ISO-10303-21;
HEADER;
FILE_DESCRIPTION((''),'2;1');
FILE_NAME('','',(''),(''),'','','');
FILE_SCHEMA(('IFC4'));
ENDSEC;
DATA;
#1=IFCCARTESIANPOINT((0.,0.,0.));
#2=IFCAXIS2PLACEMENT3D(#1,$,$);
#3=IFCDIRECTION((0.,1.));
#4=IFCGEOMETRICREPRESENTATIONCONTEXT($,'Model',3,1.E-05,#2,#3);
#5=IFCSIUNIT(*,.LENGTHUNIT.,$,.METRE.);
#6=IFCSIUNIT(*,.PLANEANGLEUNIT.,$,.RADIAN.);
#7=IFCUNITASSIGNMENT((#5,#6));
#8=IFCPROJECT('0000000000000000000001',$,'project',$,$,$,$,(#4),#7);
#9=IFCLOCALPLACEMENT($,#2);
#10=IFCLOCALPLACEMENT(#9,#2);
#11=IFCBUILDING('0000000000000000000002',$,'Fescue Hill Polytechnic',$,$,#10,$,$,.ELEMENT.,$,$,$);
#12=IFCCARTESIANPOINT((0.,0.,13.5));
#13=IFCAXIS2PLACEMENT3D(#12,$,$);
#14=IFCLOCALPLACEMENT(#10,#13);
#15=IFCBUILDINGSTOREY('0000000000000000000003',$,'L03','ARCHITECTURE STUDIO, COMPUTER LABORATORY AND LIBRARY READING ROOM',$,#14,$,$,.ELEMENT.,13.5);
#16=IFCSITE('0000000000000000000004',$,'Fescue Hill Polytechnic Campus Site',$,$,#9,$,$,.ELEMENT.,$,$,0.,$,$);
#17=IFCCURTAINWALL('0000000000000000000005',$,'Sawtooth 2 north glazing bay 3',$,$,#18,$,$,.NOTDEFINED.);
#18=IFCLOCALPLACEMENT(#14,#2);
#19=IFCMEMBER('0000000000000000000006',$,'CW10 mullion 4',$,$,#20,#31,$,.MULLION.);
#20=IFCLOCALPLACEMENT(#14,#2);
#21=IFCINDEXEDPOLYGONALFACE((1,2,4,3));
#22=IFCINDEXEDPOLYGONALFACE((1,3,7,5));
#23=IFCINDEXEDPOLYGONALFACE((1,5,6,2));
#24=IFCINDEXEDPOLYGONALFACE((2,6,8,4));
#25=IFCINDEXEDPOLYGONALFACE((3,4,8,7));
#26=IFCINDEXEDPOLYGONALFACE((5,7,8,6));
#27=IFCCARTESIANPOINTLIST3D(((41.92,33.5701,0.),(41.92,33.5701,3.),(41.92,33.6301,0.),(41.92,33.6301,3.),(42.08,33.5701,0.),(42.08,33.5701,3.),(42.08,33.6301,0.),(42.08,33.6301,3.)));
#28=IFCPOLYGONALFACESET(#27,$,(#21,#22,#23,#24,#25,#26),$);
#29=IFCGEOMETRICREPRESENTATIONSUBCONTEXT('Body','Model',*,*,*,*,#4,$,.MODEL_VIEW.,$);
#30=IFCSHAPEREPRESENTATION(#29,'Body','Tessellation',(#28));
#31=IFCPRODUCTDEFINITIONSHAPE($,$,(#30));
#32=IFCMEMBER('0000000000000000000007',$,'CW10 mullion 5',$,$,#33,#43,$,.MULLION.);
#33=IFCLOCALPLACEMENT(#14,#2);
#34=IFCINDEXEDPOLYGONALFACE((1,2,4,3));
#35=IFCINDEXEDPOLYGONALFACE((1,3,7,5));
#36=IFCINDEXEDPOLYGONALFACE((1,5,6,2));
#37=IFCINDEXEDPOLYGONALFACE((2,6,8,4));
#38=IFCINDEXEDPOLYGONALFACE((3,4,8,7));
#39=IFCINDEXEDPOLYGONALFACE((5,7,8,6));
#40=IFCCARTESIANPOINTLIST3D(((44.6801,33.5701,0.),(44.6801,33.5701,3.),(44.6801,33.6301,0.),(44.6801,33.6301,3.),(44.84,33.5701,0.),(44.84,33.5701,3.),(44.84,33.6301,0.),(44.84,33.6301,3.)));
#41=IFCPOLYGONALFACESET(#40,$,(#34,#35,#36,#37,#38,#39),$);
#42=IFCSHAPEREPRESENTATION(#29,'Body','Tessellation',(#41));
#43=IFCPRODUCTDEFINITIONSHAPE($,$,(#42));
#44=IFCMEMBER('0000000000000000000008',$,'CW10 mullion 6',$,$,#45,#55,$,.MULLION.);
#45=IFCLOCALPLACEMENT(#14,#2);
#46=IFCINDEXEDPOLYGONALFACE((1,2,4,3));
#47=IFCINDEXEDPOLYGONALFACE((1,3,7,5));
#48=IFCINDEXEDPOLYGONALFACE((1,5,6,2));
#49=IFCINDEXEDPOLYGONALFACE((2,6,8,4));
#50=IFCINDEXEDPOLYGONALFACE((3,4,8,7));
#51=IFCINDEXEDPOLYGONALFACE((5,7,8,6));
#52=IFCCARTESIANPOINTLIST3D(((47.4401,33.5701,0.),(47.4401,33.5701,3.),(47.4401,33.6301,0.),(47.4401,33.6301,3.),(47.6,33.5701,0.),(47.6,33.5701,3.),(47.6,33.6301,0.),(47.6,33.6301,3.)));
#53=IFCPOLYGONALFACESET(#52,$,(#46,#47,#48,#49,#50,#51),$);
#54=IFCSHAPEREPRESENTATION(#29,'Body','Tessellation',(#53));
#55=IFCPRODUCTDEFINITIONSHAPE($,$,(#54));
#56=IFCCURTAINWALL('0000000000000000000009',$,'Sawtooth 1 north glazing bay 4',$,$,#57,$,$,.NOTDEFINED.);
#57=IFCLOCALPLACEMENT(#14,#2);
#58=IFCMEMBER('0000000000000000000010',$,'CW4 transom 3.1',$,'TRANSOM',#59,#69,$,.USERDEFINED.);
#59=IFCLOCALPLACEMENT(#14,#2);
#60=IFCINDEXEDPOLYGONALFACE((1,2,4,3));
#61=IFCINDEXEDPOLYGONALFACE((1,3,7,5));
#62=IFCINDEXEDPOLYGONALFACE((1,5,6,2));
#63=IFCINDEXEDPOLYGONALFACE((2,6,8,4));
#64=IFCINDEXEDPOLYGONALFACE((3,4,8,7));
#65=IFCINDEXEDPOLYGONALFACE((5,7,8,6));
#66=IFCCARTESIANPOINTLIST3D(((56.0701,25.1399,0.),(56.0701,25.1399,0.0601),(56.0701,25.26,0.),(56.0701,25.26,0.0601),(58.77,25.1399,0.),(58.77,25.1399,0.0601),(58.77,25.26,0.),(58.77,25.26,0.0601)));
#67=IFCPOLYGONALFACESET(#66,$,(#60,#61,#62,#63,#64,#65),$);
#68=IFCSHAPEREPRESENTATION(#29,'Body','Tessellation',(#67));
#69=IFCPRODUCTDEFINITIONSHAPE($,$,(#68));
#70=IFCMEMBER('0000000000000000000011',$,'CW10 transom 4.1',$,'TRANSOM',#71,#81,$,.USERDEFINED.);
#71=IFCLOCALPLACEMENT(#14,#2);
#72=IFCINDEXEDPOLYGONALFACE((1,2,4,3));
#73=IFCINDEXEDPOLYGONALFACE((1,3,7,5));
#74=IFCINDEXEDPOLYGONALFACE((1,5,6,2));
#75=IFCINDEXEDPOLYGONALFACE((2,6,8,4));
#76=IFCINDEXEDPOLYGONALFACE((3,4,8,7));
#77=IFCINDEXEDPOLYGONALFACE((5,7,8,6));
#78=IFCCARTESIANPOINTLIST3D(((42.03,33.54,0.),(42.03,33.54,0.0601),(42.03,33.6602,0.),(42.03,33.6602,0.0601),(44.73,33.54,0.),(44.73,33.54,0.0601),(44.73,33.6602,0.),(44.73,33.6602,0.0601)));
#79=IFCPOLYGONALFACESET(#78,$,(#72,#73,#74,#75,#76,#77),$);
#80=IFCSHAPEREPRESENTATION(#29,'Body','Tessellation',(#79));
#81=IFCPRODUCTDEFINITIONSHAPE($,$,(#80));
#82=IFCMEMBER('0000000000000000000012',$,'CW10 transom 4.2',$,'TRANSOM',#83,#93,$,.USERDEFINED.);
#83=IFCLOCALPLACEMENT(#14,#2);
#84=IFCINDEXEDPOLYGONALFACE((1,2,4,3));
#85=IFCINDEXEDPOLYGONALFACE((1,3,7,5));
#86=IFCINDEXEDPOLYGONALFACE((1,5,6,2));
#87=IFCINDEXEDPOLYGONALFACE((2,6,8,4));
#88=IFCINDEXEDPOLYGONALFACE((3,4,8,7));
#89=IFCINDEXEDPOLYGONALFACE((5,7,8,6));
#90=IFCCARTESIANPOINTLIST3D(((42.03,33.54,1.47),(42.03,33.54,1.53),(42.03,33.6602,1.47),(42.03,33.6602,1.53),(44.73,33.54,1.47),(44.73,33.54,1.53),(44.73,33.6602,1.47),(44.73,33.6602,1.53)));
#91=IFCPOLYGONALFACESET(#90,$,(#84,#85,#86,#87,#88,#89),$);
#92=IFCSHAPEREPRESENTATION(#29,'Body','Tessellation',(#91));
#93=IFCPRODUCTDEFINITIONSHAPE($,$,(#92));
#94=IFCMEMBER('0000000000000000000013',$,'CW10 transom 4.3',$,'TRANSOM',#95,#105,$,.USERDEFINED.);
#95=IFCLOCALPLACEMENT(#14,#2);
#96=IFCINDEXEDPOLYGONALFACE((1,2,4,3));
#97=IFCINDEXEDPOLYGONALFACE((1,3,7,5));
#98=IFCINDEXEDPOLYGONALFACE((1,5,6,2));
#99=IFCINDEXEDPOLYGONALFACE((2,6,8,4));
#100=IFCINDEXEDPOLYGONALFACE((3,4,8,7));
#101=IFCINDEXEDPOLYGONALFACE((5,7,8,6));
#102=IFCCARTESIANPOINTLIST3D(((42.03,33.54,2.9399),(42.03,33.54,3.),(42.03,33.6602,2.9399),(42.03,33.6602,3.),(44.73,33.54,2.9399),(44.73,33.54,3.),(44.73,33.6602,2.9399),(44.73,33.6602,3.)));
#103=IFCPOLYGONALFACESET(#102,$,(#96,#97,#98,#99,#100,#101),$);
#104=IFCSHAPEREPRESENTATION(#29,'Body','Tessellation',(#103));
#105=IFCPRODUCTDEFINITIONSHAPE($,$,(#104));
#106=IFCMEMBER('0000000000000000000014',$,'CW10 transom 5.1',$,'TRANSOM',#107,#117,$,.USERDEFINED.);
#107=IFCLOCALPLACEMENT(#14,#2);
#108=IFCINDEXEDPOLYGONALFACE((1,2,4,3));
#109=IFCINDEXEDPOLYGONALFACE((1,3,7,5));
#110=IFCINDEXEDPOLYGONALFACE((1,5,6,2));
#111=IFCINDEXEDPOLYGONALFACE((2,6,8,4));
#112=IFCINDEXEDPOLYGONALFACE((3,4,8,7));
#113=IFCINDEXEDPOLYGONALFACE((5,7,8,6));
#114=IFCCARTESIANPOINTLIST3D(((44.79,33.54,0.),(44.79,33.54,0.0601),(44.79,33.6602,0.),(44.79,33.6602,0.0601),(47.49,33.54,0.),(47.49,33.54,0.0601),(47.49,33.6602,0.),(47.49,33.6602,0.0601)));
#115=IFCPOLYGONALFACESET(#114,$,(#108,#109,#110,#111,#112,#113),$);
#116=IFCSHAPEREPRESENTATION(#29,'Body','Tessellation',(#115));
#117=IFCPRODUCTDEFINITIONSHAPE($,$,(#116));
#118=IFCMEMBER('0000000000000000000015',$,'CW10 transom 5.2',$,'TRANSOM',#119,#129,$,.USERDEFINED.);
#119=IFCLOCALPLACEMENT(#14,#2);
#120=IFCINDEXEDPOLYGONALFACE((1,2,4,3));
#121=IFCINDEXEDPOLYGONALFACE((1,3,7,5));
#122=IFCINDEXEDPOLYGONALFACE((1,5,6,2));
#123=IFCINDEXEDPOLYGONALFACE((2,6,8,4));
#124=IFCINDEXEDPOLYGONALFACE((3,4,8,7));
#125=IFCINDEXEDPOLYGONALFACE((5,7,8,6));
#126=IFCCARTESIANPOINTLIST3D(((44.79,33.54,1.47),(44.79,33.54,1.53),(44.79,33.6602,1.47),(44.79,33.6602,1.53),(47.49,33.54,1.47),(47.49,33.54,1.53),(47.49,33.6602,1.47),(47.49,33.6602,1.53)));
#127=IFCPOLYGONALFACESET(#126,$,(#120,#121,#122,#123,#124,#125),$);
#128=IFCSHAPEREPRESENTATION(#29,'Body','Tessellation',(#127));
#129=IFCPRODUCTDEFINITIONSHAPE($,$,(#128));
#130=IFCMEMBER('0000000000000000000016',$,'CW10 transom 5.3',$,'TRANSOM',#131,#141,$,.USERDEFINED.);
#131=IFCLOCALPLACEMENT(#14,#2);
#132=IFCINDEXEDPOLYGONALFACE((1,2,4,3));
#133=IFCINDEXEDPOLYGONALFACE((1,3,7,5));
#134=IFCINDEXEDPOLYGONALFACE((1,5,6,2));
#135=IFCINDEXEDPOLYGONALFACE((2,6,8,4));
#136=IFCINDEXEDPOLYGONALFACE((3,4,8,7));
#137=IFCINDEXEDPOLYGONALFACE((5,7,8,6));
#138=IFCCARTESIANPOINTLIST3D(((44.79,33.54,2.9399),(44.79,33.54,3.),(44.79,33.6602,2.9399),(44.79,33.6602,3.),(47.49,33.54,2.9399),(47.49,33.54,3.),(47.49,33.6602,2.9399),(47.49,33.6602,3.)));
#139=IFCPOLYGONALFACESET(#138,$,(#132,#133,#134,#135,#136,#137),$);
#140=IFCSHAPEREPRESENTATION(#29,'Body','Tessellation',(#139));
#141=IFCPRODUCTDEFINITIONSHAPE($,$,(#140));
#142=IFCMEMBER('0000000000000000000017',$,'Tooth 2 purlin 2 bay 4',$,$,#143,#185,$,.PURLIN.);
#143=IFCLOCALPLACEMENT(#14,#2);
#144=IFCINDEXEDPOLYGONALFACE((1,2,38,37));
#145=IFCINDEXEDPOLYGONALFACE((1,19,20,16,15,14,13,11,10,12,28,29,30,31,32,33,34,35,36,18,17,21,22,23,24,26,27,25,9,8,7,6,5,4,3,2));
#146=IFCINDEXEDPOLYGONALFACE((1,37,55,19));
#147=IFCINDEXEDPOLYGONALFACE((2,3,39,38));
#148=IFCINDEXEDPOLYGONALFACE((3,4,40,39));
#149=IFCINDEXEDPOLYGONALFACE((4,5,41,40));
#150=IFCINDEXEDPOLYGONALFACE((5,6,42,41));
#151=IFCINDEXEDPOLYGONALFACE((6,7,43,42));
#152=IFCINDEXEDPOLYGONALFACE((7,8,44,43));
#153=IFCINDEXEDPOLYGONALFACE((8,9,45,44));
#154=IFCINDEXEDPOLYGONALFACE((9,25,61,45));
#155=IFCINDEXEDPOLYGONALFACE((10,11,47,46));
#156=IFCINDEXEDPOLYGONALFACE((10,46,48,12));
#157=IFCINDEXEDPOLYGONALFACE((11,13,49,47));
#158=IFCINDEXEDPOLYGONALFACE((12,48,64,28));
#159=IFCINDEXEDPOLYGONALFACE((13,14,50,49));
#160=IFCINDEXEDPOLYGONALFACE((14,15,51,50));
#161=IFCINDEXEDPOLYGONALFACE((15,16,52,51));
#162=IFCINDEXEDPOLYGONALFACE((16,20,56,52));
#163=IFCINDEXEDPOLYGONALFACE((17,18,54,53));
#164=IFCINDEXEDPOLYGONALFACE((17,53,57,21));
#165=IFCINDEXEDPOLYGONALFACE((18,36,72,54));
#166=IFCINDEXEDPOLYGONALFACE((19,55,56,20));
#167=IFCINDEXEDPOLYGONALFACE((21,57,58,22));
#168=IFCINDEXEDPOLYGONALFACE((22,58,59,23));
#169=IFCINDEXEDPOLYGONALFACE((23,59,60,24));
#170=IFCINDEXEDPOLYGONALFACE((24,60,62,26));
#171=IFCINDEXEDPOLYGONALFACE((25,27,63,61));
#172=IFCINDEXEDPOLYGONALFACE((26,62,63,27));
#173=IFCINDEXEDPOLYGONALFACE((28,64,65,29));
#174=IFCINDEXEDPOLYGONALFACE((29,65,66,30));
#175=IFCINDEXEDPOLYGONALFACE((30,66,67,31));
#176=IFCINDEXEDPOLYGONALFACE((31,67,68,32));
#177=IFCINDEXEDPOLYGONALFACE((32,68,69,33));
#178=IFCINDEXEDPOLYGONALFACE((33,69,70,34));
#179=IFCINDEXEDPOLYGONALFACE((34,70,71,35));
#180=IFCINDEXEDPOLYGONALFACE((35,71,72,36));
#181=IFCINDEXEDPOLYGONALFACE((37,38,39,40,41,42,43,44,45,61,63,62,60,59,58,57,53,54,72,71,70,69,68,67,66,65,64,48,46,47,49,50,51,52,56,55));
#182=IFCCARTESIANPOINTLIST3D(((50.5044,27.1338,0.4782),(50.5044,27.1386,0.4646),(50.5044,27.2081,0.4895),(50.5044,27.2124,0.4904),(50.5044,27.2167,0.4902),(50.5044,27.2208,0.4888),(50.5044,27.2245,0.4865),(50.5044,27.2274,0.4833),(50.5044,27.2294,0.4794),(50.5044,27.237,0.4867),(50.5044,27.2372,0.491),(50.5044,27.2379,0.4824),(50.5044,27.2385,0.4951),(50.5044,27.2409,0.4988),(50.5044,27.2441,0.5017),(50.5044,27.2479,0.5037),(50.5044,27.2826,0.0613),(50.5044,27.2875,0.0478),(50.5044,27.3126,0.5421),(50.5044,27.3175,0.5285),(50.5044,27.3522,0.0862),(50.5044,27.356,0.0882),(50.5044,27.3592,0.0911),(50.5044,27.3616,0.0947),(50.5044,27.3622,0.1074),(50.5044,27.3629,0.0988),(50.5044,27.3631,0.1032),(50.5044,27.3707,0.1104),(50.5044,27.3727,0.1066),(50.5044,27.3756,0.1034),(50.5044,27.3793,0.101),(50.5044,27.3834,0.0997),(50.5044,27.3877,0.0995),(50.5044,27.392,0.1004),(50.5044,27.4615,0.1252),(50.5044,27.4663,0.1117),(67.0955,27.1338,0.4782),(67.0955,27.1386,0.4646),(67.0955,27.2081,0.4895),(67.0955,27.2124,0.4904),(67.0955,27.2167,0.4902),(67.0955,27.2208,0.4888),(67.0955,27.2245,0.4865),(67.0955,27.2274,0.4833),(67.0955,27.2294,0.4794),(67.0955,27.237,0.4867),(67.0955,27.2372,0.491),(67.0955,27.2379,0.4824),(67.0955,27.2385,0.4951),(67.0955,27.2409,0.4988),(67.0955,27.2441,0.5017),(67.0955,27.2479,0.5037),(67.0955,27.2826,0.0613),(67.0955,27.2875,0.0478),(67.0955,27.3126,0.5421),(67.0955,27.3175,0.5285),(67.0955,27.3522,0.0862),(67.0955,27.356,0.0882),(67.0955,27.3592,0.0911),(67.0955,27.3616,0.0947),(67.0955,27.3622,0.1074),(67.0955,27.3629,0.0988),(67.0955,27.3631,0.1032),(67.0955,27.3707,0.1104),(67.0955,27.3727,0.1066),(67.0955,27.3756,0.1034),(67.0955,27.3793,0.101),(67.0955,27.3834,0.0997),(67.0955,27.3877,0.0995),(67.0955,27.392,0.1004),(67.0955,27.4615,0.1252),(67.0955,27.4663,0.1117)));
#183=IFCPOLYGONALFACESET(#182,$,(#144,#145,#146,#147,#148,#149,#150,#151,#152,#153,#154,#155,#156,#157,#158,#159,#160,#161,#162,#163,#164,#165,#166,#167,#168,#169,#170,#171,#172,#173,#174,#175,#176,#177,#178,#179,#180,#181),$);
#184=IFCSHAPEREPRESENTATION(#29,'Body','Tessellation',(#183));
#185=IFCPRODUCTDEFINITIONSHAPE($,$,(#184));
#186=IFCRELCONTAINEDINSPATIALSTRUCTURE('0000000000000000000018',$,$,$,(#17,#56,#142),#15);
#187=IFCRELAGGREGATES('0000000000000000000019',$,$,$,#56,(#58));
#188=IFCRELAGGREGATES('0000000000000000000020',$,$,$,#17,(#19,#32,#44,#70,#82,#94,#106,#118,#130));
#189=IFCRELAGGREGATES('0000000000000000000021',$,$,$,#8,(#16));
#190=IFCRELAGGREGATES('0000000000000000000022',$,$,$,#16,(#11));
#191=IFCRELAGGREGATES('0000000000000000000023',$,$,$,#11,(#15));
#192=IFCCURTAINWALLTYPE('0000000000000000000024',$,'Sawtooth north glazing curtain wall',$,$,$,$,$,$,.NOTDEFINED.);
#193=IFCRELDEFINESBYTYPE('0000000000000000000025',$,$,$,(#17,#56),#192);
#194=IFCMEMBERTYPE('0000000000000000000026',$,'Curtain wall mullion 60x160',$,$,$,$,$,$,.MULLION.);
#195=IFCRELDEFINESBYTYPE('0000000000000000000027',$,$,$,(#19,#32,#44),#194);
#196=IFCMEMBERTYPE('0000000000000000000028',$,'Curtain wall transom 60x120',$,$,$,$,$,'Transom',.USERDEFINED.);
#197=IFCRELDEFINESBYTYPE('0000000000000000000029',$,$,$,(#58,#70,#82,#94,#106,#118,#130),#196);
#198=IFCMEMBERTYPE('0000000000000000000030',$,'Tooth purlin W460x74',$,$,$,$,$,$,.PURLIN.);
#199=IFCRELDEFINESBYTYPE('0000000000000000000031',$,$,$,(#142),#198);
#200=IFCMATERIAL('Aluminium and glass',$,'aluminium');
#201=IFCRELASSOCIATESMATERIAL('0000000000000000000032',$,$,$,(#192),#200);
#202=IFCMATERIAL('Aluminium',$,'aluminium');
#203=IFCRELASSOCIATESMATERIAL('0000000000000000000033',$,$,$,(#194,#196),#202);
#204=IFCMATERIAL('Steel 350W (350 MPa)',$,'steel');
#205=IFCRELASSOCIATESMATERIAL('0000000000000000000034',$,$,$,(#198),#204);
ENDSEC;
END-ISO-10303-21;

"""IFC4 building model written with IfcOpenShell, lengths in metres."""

from ifc_helpers import new_model, si_unit, direction, frame, origin, origin_2d, place, context, subcontext, project, spatial, rectangle, i_section, extrude, material, material_profile, profile_set, type_object, element, aggregate, save


model = new_model("IFC4")

# Units and contexts
model_context = context("Model", 3, precision=1e-05, world=origin(), true_north=direction((0.0, 1.0)))
body_context = subcontext(model_context, "Body", "Model", "MODEL_VIEW")
ifc_project = project(units=[si_unit("LENGTHUNIT", "METRE"), si_unit("PLANEANGLEUNIT", "RADIAN")], contexts=[model_context])

# Site, building, storey
site_placement = place(None, origin())
site = spatial("IfcSite", under=ifc_project, at=site_placement, Name="Fescue Hill Polytechnic Campus Site", CompositionType="ELEMENT", RefElevation=0.0)
building_placement = place(site_placement, origin())
building = spatial("IfcBuilding", under=site, at=building_placement, Name="Fescue Hill Polytechnic", CompositionType="ELEMENT")
storey_placement = place(building_placement, frame((0.0, 0.0, 13.5)))
storey = spatial("IfcBuildingStorey", under=building, at=storey_placement, Name="L03", Description="ARCHITECTURE STUDIO, COMPUTER LABORATORY AND LIBRARY READING ROOM", CompositionType="ELEMENT", Elevation=13.5)

# Curtain wall, members
ifc_material_1 = material(Name="Aluminium and glass", Category="aluminium")
curtain_wall_type = type_object("IfcCurtainWallType", Name="Sawtooth north glazing curtain wall", PredefinedType="NOTDEFINED", material=ifc_material_1)
curtain_wall_1_placement = place(storey_placement, origin())
curtain_wall_1 = element("IfcCurtainWall", 1, at=curtain_wall_1_placement, inside=storey, type_object=curtain_wall_type, Name="Sawtooth 2 north glazing bay 3", PredefinedType="NOTDEFINED")
ifc_material_2 = material(Name="Aluminium", Category="aluminium")
ifc_material_profile_1 = material_profile(ifc_material_2, rectangle(XDim=0.0601, YDim=0.1599, at=origin_2d()), Name="Curtain wall mullion 60x160")
ifc_profile_set_1 = profile_set([ifc_material_profile_1], Name="Aluminium")
member_type_1 = type_object("IfcMemberType", Name="Curtain wall mullion 60x160", PredefinedType="MULLION", material=ifc_profile_set_1)
member_1_placement = place(storey_placement, frame((42.0, 33.6001, 0.0), z_axis=(0.0, 0.0, 1.0), x_axis=(0.0, 1.0, 0.0)))
member_1 = element("IfcMember", 2, at=member_1_placement, type_object=member_type_1, Name="CW10 mullion 4", PredefinedType="MULLION", context=body_context, shape_type="SweptSolid", body=[
    extrude(rectangle(XDim=0.0601, YDim=0.1599, at=origin_2d()), origin(), (0.0, 0.0, 1.0), 3.0),
])
member_2_placement = place(storey_placement, frame((44.76, 33.6001, 0.0), z_axis=(0.0, 0.0, 1.0), x_axis=(0.0, 1.0, 0.0)))
member_2 = element("IfcMember", 3, at=member_2_placement, type_object=member_type_1, Name="CW10 mullion 5", PredefinedType="MULLION", context=body_context, shape_type="SweptSolid", body=[
    extrude(rectangle(XDim=0.0601, YDim=0.1599, at=origin_2d()), origin(), (0.0, 0.0, 1.0), 3.0),
])
member_3_placement = place(storey_placement, frame((47.52, 33.6001, 0.0), z_axis=(0.0, 0.0, 1.0), x_axis=(0.0, 1.0, 0.0)))
member_3 = element("IfcMember", 4, at=member_3_placement, type_object=member_type_1, Name="CW10 mullion 6", PredefinedType="MULLION", context=body_context, shape_type="SweptSolid", body=[
    extrude(rectangle(XDim=0.0601, YDim=0.1599, at=origin_2d()), origin(), (0.0, 0.0, 1.0), 3.0),
])

# Curtain wall, member
curtain_wall_2_placement = place(storey_placement, origin())
curtain_wall_2 = element("IfcCurtainWall", 5, at=curtain_wall_2_placement, inside=storey, type_object=curtain_wall_type, Name="Sawtooth 1 north glazing bay 4", PredefinedType="NOTDEFINED")
ifc_material_profile_2 = material_profile(ifc_material_2, rectangle(XDim=0.1201, YDim=0.0601, at=origin_2d()), Name="Curtain wall transom 60x120")
ifc_profile_set_2 = profile_set([ifc_material_profile_2], Name="Aluminium")
member_type_2 = type_object("IfcMemberType", Name="Curtain wall transom 60x120", ElementType="Transom", PredefinedType="USERDEFINED", material=ifc_profile_set_2)
member_4_placement = place(storey_placement, frame((56.0701, 25.2, 0.03), z_axis=(1.0, 0.0, 0.0), x_axis=(0.0, 1.0, 0.0)))
member_4 = element("IfcMember", 6, at=member_4_placement, type_object=member_type_2, Name="CW4 transom 3.1", ObjectType="TRANSOM", PredefinedType="USERDEFINED", context=body_context, shape_type="SweptSolid", body=[
    extrude(rectangle(XDim=0.1201, YDim=0.0601, at=origin_2d()), origin(), (0.0, 0.0, 1.0), 2.7),
])
aggregate(curtain_wall_2, [member_4])

# Members
member_5_placement = place(storey_placement, frame((42.03, 33.6001, 0.03), z_axis=(1.0, 0.0, 0.0), x_axis=(0.0, 1.0, 0.0)))
member_5 = element("IfcMember", 7, at=member_5_placement, type_object=member_type_2, Name="CW10 transom 4.1", ObjectType="TRANSOM", PredefinedType="USERDEFINED", context=body_context, shape_type="SweptSolid", body=[
    extrude(rectangle(XDim=0.1201, YDim=0.0601, at=origin_2d()), origin(), (0.0, 0.0, 1.0), 2.7),
])
member_6_placement = place(storey_placement, frame((42.03, 33.6001, 1.5), z_axis=(1.0, 0.0, 0.0), x_axis=(0.0, 1.0, 0.0)))
member_6 = element("IfcMember", 8, at=member_6_placement, type_object=member_type_2, Name="CW10 transom 4.2", ObjectType="TRANSOM", PredefinedType="USERDEFINED", context=body_context, shape_type="SweptSolid", body=[
    extrude(rectangle(XDim=0.1201, YDim=0.0601, at=origin_2d()), origin(), (0.0, 0.0, 1.0), 2.7),
])
member_7_placement = place(storey_placement, frame((42.03, 33.6001, 2.97), z_axis=(1.0, 0.0, 0.0), x_axis=(0.0, 1.0, 0.0)))
member_7 = element("IfcMember", 9, at=member_7_placement, type_object=member_type_2, Name="CW10 transom 4.3", ObjectType="TRANSOM", PredefinedType="USERDEFINED", context=body_context, shape_type="SweptSolid", body=[
    extrude(rectangle(XDim=0.1201, YDim=0.0601, at=origin_2d()), origin(), (0.0, 0.0, 1.0), 2.7),
])
member_8_placement = place(storey_placement, frame((44.79, 33.6001, 0.03), z_axis=(1.0, 0.0, 0.0), x_axis=(0.0, 1.0, 0.0)))
member_8 = element("IfcMember", 10, at=member_8_placement, type_object=member_type_2, Name="CW10 transom 5.1", ObjectType="TRANSOM", PredefinedType="USERDEFINED", context=body_context, shape_type="SweptSolid", body=[
    extrude(rectangle(XDim=0.1201, YDim=0.0601, at=origin_2d()), origin(), (0.0, 0.0, 1.0), 2.7),
])
member_9_placement = place(storey_placement, frame((44.79, 33.6001, 1.5), z_axis=(1.0, 0.0, 0.0), x_axis=(0.0, 1.0, 0.0)))
member_9 = element("IfcMember", 11, at=member_9_placement, type_object=member_type_2, Name="CW10 transom 5.2", ObjectType="TRANSOM", PredefinedType="USERDEFINED", context=body_context, shape_type="SweptSolid", body=[
    extrude(rectangle(XDim=0.1201, YDim=0.0601, at=origin_2d()), origin(), (0.0, 0.0, 1.0), 2.7),
])
member_10_placement = place(storey_placement, frame((44.79, 33.6001, 2.97), z_axis=(1.0, 0.0, 0.0), x_axis=(0.0, 1.0, 0.0)))
member_10 = element("IfcMember", 12, at=member_10_placement, type_object=member_type_2, Name="CW10 transom 5.3", ObjectType="TRANSOM", PredefinedType="USERDEFINED", context=body_context, shape_type="SweptSolid", body=[
    extrude(rectangle(XDim=0.1201, YDim=0.0601, at=origin_2d()), origin(), (0.0, 0.0, 1.0), 2.7),
])

# Member
ifc_material_3 = material(Name="Steel 350W (350 MPa)", Category="steel")
ifc_material_profile_3 = material_profile(ifc_material_3, i_section(OverallWidth=0.1899, OverallDepth=0.457, WebThickness=0.009, FlangeThickness=0.0144, FilletRadius=0.0166, at=origin_2d()), Name="W460x74")
ifc_profile_set_3 = profile_set([ifc_material_profile_3], Name="Steel 350W (350 MPa)")
member_type_3 = type_object("IfcMemberType", Name="Tooth purlin W460x74", PredefinedType="PURLIN", material=ifc_profile_set_3)
for number, where, z_axis, x_axis, name in (
    (13, (50.5044, 27.3, 0.2949), (1.0, 0.0, 0.0), (0.0, 0.941742, 0.336336), "Tooth 2 purlin 2 bay 4"),
):
    element("IfcMember", number, at=place(storey_placement, frame(where, z_axis=z_axis, x_axis=x_axis)), inside=storey, type_object=member_type_3, Name=name, PredefinedType="PURLIN", context=body_context, shape_type="SweptSolid", body=[
        extrude(i_section(OverallWidth=0.1899, OverallDepth=0.457, WebThickness=0.009, FlangeThickness=0.0144, FilletRadius=0.0166, at=origin_2d()), origin(), (0.0, 0.0, 1.0), 16.5911),
    ])

aggregate(curtain_wall_1, [member_1, member_2, member_3, member_5, member_6, member_7, member_8, member_9, member_10])

save(model, "model.ifc")
